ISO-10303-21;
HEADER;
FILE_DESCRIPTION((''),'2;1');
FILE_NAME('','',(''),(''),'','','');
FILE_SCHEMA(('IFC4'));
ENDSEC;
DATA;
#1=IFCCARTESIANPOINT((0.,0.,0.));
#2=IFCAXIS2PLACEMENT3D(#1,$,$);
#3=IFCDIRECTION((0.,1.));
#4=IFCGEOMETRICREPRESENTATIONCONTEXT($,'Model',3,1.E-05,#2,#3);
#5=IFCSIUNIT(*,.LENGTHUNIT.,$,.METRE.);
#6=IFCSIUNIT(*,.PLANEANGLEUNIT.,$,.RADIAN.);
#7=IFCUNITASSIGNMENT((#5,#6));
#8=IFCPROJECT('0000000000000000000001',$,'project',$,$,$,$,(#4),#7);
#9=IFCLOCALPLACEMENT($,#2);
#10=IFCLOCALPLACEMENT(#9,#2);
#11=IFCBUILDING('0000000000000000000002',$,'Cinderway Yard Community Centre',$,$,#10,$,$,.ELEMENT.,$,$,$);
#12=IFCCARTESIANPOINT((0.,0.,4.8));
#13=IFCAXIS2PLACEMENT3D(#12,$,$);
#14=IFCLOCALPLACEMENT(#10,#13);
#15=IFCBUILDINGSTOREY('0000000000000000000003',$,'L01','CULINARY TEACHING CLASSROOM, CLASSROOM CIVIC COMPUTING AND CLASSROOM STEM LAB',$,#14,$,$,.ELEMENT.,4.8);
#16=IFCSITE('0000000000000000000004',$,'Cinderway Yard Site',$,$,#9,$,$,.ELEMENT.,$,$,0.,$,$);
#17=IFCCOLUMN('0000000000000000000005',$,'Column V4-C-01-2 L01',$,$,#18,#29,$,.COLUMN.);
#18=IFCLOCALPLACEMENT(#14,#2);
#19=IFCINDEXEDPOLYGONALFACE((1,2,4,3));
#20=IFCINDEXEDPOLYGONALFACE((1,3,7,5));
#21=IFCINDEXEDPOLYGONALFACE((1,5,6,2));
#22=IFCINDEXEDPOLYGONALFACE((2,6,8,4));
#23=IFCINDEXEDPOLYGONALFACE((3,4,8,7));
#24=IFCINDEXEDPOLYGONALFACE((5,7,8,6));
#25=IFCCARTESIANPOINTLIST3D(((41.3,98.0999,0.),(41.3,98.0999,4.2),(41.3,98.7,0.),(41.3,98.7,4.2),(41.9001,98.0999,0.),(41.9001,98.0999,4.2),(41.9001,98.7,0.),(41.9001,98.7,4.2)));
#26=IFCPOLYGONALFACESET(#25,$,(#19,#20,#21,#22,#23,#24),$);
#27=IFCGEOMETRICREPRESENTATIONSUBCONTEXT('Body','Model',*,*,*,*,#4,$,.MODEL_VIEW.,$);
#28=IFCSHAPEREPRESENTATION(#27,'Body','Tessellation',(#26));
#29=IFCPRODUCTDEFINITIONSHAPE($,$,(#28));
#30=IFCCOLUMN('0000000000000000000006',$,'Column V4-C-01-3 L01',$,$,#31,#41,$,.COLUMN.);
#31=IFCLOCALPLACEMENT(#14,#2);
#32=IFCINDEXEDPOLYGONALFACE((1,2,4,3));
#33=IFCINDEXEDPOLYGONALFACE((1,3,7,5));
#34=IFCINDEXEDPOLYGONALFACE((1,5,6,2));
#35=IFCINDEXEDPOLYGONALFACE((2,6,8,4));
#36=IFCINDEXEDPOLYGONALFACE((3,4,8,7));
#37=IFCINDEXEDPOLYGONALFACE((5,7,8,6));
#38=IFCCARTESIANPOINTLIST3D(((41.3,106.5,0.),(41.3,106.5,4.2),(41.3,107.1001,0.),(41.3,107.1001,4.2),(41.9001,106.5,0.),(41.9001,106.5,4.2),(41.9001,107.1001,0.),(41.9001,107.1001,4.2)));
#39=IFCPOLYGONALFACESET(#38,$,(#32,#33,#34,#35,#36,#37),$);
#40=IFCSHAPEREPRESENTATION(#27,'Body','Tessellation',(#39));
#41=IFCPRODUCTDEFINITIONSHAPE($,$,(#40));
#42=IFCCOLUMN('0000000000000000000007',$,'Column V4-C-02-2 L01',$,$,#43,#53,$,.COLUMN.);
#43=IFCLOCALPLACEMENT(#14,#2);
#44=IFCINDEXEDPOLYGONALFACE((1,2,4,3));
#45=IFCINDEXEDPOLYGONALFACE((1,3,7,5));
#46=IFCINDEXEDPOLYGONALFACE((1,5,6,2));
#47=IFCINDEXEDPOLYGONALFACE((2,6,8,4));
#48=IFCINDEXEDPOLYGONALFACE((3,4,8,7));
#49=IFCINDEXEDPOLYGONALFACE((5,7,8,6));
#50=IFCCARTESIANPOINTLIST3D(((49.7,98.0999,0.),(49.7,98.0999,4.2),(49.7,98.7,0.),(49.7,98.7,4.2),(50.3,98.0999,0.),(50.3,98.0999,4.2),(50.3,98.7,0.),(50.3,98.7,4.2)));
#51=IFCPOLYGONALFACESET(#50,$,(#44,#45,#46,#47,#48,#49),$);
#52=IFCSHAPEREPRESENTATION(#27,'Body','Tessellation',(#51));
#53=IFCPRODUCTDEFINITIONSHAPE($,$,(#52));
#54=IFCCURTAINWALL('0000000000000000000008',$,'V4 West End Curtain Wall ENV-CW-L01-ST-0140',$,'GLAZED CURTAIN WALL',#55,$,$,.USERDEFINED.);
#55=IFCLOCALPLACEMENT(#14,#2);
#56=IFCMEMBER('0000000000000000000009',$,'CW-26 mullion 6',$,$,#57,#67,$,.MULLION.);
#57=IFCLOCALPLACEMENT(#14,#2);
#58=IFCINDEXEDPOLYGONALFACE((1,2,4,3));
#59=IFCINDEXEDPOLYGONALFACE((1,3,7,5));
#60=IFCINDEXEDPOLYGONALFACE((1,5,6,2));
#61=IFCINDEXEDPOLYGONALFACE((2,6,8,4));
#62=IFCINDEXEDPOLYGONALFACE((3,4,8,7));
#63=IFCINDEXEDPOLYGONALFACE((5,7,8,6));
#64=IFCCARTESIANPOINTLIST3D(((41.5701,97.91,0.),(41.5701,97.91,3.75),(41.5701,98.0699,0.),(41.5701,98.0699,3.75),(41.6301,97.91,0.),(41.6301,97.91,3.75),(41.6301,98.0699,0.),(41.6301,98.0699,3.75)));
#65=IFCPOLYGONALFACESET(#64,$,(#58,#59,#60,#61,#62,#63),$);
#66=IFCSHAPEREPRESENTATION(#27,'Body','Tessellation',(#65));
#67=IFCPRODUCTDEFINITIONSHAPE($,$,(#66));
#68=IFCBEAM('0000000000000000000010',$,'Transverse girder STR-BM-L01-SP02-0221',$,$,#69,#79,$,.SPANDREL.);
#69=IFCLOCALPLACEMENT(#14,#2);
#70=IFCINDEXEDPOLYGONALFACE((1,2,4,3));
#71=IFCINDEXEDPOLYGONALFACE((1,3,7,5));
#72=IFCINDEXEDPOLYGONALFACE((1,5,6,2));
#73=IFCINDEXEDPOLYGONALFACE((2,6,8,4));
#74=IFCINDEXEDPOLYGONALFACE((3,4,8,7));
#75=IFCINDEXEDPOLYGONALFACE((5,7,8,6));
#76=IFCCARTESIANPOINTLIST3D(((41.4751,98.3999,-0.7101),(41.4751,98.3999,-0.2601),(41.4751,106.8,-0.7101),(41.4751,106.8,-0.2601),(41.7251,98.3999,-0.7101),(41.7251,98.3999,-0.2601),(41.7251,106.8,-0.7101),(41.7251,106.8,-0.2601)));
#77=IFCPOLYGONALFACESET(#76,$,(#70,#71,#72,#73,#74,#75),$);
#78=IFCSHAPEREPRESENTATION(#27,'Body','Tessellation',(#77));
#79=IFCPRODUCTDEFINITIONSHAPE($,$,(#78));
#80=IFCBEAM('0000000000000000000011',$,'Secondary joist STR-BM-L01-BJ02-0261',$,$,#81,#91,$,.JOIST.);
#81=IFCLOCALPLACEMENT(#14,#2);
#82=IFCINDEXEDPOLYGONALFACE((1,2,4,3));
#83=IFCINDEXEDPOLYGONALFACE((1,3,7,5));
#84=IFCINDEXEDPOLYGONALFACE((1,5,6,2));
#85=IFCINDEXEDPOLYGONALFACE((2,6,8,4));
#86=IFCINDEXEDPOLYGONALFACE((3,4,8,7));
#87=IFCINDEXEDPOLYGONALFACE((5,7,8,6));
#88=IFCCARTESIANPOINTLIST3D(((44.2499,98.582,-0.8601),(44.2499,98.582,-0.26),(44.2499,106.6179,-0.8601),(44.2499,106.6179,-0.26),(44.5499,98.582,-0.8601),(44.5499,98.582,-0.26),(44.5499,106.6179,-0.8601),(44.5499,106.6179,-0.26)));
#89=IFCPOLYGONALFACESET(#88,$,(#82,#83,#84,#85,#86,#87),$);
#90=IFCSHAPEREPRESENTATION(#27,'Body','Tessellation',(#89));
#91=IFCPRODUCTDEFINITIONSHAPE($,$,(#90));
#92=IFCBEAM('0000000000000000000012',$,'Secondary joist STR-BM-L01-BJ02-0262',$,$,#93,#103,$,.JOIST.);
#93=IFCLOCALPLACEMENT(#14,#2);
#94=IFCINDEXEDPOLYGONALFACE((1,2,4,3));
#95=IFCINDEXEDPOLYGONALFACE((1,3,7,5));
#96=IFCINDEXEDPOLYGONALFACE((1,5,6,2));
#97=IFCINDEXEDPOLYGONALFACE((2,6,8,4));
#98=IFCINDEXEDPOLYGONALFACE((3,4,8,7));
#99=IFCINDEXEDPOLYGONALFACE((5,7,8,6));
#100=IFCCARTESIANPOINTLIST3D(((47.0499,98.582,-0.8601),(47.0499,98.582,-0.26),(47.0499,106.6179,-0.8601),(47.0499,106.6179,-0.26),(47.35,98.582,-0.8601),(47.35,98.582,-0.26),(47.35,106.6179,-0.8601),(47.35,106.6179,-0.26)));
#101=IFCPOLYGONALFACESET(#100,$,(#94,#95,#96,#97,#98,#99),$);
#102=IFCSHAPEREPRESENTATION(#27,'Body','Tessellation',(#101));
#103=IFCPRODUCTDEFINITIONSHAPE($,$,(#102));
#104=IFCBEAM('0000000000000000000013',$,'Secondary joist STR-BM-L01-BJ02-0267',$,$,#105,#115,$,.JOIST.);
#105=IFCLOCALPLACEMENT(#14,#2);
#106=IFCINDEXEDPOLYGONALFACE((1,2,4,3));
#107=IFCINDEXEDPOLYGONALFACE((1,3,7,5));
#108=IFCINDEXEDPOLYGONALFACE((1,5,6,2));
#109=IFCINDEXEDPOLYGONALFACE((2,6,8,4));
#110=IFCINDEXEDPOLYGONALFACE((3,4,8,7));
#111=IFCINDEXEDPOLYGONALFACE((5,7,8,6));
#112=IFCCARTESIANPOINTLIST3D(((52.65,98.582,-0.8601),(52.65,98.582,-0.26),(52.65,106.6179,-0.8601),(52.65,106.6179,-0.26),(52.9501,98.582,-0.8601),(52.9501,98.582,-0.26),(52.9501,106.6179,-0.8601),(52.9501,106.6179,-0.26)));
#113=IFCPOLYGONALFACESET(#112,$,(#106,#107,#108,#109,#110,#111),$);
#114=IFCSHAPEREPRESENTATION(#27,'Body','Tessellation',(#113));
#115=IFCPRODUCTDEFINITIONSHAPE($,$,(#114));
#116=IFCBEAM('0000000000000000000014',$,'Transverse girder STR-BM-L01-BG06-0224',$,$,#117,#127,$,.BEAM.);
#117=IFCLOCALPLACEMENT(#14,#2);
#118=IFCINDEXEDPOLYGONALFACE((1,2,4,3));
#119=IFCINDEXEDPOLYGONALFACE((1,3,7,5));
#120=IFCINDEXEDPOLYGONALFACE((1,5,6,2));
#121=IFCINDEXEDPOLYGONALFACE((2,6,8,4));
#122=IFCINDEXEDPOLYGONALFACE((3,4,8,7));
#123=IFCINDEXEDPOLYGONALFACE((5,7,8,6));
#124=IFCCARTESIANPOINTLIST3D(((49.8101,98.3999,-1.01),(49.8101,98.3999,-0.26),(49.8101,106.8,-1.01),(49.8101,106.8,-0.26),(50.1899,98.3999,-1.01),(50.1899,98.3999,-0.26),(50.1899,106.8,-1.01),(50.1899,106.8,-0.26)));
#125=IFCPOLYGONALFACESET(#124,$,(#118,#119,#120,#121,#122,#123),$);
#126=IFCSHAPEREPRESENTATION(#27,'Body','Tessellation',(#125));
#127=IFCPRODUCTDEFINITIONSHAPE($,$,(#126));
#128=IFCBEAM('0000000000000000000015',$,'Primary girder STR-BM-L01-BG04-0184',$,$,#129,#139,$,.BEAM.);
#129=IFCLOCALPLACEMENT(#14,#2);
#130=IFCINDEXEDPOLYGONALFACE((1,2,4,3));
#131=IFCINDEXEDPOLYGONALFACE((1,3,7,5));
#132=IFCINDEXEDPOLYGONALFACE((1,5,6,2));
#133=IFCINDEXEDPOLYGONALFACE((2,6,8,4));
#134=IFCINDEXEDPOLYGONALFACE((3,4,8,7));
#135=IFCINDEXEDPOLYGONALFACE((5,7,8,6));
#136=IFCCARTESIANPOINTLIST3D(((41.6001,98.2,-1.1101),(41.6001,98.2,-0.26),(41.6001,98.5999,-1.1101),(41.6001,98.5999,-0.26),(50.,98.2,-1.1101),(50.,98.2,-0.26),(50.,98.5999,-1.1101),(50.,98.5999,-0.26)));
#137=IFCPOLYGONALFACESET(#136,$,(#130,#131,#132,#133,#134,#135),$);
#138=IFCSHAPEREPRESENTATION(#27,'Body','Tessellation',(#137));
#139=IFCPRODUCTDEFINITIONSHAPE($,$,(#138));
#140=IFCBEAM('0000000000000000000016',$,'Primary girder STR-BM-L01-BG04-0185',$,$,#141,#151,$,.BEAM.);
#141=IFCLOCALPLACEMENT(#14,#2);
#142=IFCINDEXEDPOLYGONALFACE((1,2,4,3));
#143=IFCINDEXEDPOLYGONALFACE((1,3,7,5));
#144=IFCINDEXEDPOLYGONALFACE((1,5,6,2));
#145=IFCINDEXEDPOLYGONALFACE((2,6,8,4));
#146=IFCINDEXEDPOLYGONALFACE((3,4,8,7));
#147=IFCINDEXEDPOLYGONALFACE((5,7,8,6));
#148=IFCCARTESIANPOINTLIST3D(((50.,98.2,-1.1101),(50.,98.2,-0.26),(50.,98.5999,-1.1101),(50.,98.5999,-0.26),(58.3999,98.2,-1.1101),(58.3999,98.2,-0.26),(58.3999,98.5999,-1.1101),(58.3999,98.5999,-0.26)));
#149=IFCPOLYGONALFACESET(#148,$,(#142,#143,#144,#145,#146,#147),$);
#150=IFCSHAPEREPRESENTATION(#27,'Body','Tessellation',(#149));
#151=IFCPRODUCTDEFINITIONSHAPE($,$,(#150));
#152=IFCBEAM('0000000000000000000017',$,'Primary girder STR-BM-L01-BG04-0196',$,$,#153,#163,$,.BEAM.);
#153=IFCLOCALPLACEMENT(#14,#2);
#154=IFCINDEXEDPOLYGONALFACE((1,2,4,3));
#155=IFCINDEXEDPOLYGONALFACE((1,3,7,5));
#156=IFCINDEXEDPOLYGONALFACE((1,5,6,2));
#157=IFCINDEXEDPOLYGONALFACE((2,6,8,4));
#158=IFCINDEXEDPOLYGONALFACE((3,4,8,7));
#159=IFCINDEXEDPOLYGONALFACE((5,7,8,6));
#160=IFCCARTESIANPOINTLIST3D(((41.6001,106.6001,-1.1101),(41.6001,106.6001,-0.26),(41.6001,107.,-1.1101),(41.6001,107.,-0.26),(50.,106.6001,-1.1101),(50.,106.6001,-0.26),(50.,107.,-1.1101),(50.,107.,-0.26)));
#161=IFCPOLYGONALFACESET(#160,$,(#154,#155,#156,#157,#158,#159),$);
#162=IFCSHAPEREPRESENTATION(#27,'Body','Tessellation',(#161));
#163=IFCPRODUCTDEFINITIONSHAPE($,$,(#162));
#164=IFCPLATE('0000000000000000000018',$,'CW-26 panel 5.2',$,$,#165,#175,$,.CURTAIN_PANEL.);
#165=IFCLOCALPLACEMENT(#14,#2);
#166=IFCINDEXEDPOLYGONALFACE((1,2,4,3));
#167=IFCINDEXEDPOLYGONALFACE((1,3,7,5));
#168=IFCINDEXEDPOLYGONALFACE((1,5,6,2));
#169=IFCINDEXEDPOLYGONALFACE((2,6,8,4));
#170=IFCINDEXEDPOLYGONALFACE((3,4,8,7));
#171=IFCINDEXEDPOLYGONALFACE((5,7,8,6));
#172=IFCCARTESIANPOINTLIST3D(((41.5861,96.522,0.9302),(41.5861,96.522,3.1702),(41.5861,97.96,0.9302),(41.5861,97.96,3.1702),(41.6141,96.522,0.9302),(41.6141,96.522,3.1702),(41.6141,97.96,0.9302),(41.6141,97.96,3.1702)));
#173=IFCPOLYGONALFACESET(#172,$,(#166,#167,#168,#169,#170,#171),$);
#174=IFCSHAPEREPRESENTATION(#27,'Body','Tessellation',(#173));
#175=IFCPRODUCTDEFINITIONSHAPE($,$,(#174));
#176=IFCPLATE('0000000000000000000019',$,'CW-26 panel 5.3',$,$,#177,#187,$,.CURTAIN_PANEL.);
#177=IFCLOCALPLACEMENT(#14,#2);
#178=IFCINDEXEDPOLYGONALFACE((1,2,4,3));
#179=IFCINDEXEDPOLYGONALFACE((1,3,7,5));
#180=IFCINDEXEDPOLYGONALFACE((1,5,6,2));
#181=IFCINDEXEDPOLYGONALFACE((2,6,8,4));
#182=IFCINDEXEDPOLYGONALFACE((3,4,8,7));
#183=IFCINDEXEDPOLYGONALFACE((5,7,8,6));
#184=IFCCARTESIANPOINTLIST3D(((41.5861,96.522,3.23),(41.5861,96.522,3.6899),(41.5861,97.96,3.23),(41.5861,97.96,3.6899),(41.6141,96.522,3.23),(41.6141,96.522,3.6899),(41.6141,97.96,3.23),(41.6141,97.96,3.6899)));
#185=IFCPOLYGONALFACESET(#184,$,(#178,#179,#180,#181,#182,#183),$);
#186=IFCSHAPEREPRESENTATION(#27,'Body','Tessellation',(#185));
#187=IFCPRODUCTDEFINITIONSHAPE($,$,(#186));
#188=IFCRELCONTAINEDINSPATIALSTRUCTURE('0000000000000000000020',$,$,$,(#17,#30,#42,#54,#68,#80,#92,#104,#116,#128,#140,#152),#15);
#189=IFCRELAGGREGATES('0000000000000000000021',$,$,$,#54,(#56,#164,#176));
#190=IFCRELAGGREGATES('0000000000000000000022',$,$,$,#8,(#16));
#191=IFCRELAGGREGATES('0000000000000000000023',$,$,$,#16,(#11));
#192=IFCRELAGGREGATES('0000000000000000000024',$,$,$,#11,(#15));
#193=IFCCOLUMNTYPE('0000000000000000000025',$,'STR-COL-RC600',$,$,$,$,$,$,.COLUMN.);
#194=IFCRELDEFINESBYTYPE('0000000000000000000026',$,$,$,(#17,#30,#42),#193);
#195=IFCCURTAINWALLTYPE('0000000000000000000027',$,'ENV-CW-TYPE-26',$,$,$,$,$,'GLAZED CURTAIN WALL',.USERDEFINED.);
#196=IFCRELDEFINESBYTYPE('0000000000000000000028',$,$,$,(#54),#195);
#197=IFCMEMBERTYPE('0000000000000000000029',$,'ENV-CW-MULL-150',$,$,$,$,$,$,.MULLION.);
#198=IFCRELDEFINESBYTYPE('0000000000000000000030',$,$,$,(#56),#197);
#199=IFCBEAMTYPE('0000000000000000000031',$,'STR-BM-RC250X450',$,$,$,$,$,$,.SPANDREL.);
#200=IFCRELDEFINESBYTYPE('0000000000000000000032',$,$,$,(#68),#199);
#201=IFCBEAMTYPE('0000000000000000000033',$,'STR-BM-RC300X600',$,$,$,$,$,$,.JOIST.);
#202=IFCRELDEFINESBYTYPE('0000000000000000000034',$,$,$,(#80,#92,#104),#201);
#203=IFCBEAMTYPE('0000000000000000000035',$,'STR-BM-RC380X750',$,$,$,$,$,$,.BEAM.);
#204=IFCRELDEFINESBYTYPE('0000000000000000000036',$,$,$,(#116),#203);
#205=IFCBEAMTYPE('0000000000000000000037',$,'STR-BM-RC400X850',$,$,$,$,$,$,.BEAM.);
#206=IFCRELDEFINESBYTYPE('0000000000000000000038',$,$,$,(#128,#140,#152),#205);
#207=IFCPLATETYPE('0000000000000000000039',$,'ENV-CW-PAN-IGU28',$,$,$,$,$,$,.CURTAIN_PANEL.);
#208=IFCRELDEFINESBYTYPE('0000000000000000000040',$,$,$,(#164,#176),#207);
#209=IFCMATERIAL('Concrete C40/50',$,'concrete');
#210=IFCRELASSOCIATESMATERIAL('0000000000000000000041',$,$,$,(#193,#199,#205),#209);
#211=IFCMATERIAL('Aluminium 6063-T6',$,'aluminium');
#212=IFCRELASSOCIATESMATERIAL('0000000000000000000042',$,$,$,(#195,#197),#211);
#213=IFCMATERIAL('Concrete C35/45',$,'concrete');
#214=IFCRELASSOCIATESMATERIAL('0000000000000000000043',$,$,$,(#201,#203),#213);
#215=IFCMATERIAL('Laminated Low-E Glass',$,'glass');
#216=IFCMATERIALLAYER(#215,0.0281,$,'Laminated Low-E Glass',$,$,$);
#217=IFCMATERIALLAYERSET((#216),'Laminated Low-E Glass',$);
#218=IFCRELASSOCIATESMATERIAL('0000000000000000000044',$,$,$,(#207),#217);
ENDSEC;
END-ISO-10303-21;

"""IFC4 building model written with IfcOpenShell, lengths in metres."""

from ifc_helpers import new_model, si_unit, direction, frame, origin, origin_2d, place, context, subcontext, project, spatial, rectangle, extrude, material, layer, layer_set, material_profile, profile_set, type_object, element, aggregate, save


model = new_model("IFC4")

# Units and contexts
model_context = context("Model", 3, precision=1e-05, world=origin(), true_north=direction((0.0, 1.0)))
body_context = subcontext(model_context, "Body", "Model", "MODEL_VIEW")
ifc_project = project(units=[si_unit("LENGTHUNIT", "METRE"), si_unit("PLANEANGLEUNIT", "RADIAN")], contexts=[model_context])

# Site, building, storey
site_placement = place(None, origin())
site = spatial("IfcSite", under=ifc_project, at=site_placement, Name="Cinderway Yard Site", CompositionType="ELEMENT", RefElevation=0.0)
building_placement = place(site_placement, origin())
building = spatial("IfcBuilding", under=site, at=building_placement, Name="Cinderway Yard Community Centre", CompositionType="ELEMENT")
storey_placement = place(building_placement, frame((0.0, 0.0, 4.8)))
storey = spatial("IfcBuildingStorey", under=building, at=storey_placement, Name="L01", Description="CULINARY TEACHING CLASSROOM, CLASSROOM CIVIC COMPUTING AND CLASSROOM STEM LAB", CompositionType="ELEMENT", Elevation=4.8)

# Columns
ifc_material_1 = material(Name="Concrete C40/50", Category="concrete")
ifc_material_profile_1 = material_profile(ifc_material_1, rectangle(XDim=0.6001, YDim=0.6001, at=origin_2d()), Name="Concrete C40/50")
ifc_profile_set_1 = profile_set([ifc_material_profile_1], Name="Concrete C40/50")
column_type = type_object("IfcColumnType", Name="STR-COL-RC600", PredefinedType="COLUMN", material=ifc_profile_set_1)
for number, where, z_axis, x_axis, name in (
    (1, (41.6001, 98.3999, 0.0), (0.0, 0.0, 1.0), (1.0, 0.0, 0.0), "Column V4-C-01-2 L01"),
    (2, (41.6001, 106.8, 0.0), (0.0, 0.0, 1.0), (1.0, 0.0, 0.0), "Column V4-C-01-3 L01"),
    (3, (50.0, 98.3999, 0.0), (0.0, 0.0, 1.0), (1.0, 0.0, 0.0), "Column V4-C-02-2 L01"),
):
    element("IfcColumn", number, at=place(storey_placement, frame(where, z_axis=z_axis, x_axis=x_axis)), inside=storey, type_object=column_type, Name=name, PredefinedType="COLUMN", context=body_context, shape_type="SweptSolid", body=[
        extrude(rectangle(XDim=0.6001, YDim=0.6001, at=origin_2d()), origin(), (0.0, 0.0, 1.0), 4.2),
    ])

# Curtain wall, member
ifc_material_2 = material(Name="Aluminium 6063-T6", Category="aluminium")
curtain_wall_type = type_object("IfcCurtainWallType", Name="ENV-CW-TYPE-26", ElementType="GLAZED CURTAIN WALL", PredefinedType="USERDEFINED", material=ifc_material_2)
curtain_wall_placement = place(storey_placement, origin())
curtain_wall = element("IfcCurtainWall", 4, at=curtain_wall_placement, inside=storey, type_object=curtain_wall_type, Name="V4 West End Curtain Wall ENV-CW-L01-ST-0140", ObjectType="GLAZED CURTAIN WALL", PredefinedType="USERDEFINED")
ifc_material_profile_2 = material_profile(ifc_material_2, rectangle(XDim=0.0601, YDim=0.1599, at=origin_2d()), Name="Aluminium 6063-T6")
ifc_profile_set_2 = profile_set([ifc_material_profile_2], Name="Aluminium 6063-T6")
member_type = type_object("IfcMemberType", Name="ENV-CW-MULL-150", PredefinedType="MULLION", material=ifc_profile_set_2)
member_placement = place(storey_placement, frame((41.6001, 97.99, 0.0), z_axis=(0.0, 0.0, 1.0), x_axis=(-1.0, 0.0, 0.0)))
member = element("IfcMember", 5, at=member_placement, type_object=member_type, Name="CW-26 mullion 6", PredefinedType="MULLION", context=body_context, shape_type="SweptSolid", body=[
    extrude(rectangle(XDim=0.0601, YDim=0.1599, at=origin_2d()), origin(), (0.0, 0.0, 1.0), 3.75),
])

# Beams
ifc_material_profile_3 = material_profile(ifc_material_1, rectangle(XDim=0.25, YDim=0.45, at=origin_2d()), Name="Concrete C40/50")
ifc_profile_set_3 = profile_set([ifc_material_profile_3], Name="Concrete C40/50")
beam_type_1 = type_object("IfcBeamType", Name="STR-BM-RC250X450", PredefinedType="SPANDREL", material=ifc_profile_set_3)
beam_1_placement = place(storey_placement, frame((41.6001, 98.3999, -0.4851), z_axis=(0.0, 1.0, 0.0), x_axis=(-1.0, 0.0, 0.0)))
element("IfcBeam", 6, at=beam_1_placement, inside=storey, type_object=beam_type_1, Name="Transverse girder STR-BM-L01-SP02-0221", PredefinedType="SPANDREL", context=body_context, shape_type="SweptSolid", body=[
    extrude(rectangle(XDim=0.25, YDim=0.45, at=origin_2d()), origin(), (0.0, 0.0, 1.0), 8.4001),
])
ifc_material_3 = material(Name="Concrete C35/45", Category="concrete")
ifc_material_profile_4 = material_profile(ifc_material_3, rectangle(XDim=0.3, YDim=0.6001, at=origin_2d()), Name="Concrete C35/45")
ifc_profile_set_4 = profile_set([ifc_material_profile_4], Name="Concrete C35/45")
beam_type_2 = type_object("IfcBeamType", Name="STR-BM-RC300X600", PredefinedType="JOIST", material=ifc_profile_set_4)
for number, where, z_axis, x_axis, name in (
    (7, (44.3999, 98.582, -0.5601), (0.0, 1.0, 0.0), (-1.0, 0.0, 0.0), "Secondary joist STR-BM-L01-BJ02-0261"),
    (8, (47.2, 98.582, -0.5601), (0.0, 1.0, 0.0), (-1.0, 0.0, 0.0), "Secondary joist STR-BM-L01-BJ02-0262"),
    (9, (52.8, 98.582, -0.5601), (0.0, 1.0, 0.0), (-1.0, 0.0, 0.0), "Secondary joist STR-BM-L01-BJ02-0267"),
):
    element("IfcBeam", number, at=place(storey_placement, frame(where, z_axis=z_axis, x_axis=x_axis)), inside=storey, type_object=beam_type_2, Name=name, PredefinedType="JOIST", context=body_context, shape_type="SweptSolid", body=[
        extrude(rectangle(XDim=0.3, YDim=0.6001, at=origin_2d()), origin(), (0.0, 0.0, 1.0), 8.0359),
    ])
ifc_material_profile_5 = material_profile(ifc_material_3, rectangle(XDim=0.3799, YDim=0.75, at=origin_2d()), Name="Concrete C35/45")
ifc_profile_set_5 = profile_set([ifc_material_profile_5], Name="Concrete C35/45")
beam_type_3 = type_object("IfcBeamType", Name="STR-BM-RC380X750", PredefinedType="BEAM", material=ifc_profile_set_5)
beam_2_placement = place(storey_placement, frame((50.0, 98.3999, -0.635), z_axis=(0.0, 1.0, 0.0), x_axis=(-1.0, 0.0, 0.0)))
element("IfcBeam", 10, at=beam_2_placement, inside=storey, type_object=beam_type_3, Name="Transverse girder STR-BM-L01-BG06-0224", PredefinedType="BEAM", context=body_context, shape_type="SweptSolid", body=[
    extrude(rectangle(XDim=0.3799, YDim=0.75, at=origin_2d()), origin(), (0.0, 0.0, 1.0), 8.4001),
])
ifc_material_profile_6 = material_profile(ifc_material_1, rectangle(XDim=0.3999, YDim=0.8501, at=origin_2d()), Name="Concrete C40/50")
ifc_profile_set_6 = profile_set([ifc_material_profile_6], Name="Concrete C40/50")
beam_type_4 = type_object("IfcBeamType", Name="STR-BM-RC400X850", PredefinedType="BEAM", material=ifc_profile_set_6)
for number, where, z_axis, x_axis, name in (
    (11, (41.6001, 98.3999, -0.6851), (1.0, 0.0, 0.0), (0.0, 1.0, 0.0), "Primary girder STR-BM-L01-BG04-0184"),
    (12, (50.0, 98.3999, -0.6851), (1.0, 0.0, 0.0), (0.0, 1.0, 0.0), "Primary girder STR-BM-L01-BG04-0185"),
    (13, (41.6001, 106.8, -0.6851), (1.0, 0.0, 0.0), (0.0, 1.0, 0.0), "Primary girder STR-BM-L01-BG04-0196"),
):
    element("IfcBeam", number, at=place(storey_placement, frame(where, z_axis=z_axis, x_axis=x_axis)), inside=storey, type_object=beam_type_4, Name=name, PredefinedType="BEAM", context=body_context, shape_type="SweptSolid", body=[
        extrude(rectangle(XDim=0.3999, YDim=0.8501, at=origin_2d()), origin(), (0.0, 0.0, 1.0), 8.3999),
    ])

# Plates
ifc_material_4 = material(Name="Laminated Low-E Glass", Category="glass")
ifc_layer_1 = layer(ifc_material_4, 0.0281, Name="Laminated Low-E Glass")
ifc_layer_set_1 = layer_set([ifc_layer_1], Name="Laminated Low-E Glass")
plate_type = type_object("IfcPlateType", Name="ENV-CW-PAN-IGU28", PredefinedType="CURTAIN_PANEL", material=ifc_layer_set_1)
plate_1_placement = place(storey_placement, frame((41.6001, 97.241, 0.9302), z_axis=(0.0, 0.0, 1.0), x_axis=(0.0, 1.0, 0.0)))
plate_1 = element("IfcPlate", 14, at=plate_1_placement, type_object=plate_type, Name="CW-26 panel 5.2", PredefinedType="CURTAIN_PANEL", context=body_context, shape_type="SweptSolid", body=[
    extrude(rectangle(XDim=1.438, YDim=0.0281, at=origin_2d()), origin(), (0.0, 0.0, 1.0), 2.24),
])
plate_2_placement = place(storey_placement, frame((41.6001, 97.241, 3.23), z_axis=(0.0, 0.0, 1.0), x_axis=(0.0, 1.0, 0.0)))
plate_2 = element("IfcPlate", 15, at=plate_2_placement, type_object=plate_type, Name="CW-26 panel 5.3", PredefinedType="CURTAIN_PANEL", context=body_context, shape_type="SweptSolid", body=[
    extrude(rectangle(XDim=1.438, YDim=0.0281, at=origin_2d()), origin(), (0.0, 0.0, 1.0), 0.46),
])
aggregate(curtain_wall, [member, plate_1, plate_2])

save(model, "model.ifc")
